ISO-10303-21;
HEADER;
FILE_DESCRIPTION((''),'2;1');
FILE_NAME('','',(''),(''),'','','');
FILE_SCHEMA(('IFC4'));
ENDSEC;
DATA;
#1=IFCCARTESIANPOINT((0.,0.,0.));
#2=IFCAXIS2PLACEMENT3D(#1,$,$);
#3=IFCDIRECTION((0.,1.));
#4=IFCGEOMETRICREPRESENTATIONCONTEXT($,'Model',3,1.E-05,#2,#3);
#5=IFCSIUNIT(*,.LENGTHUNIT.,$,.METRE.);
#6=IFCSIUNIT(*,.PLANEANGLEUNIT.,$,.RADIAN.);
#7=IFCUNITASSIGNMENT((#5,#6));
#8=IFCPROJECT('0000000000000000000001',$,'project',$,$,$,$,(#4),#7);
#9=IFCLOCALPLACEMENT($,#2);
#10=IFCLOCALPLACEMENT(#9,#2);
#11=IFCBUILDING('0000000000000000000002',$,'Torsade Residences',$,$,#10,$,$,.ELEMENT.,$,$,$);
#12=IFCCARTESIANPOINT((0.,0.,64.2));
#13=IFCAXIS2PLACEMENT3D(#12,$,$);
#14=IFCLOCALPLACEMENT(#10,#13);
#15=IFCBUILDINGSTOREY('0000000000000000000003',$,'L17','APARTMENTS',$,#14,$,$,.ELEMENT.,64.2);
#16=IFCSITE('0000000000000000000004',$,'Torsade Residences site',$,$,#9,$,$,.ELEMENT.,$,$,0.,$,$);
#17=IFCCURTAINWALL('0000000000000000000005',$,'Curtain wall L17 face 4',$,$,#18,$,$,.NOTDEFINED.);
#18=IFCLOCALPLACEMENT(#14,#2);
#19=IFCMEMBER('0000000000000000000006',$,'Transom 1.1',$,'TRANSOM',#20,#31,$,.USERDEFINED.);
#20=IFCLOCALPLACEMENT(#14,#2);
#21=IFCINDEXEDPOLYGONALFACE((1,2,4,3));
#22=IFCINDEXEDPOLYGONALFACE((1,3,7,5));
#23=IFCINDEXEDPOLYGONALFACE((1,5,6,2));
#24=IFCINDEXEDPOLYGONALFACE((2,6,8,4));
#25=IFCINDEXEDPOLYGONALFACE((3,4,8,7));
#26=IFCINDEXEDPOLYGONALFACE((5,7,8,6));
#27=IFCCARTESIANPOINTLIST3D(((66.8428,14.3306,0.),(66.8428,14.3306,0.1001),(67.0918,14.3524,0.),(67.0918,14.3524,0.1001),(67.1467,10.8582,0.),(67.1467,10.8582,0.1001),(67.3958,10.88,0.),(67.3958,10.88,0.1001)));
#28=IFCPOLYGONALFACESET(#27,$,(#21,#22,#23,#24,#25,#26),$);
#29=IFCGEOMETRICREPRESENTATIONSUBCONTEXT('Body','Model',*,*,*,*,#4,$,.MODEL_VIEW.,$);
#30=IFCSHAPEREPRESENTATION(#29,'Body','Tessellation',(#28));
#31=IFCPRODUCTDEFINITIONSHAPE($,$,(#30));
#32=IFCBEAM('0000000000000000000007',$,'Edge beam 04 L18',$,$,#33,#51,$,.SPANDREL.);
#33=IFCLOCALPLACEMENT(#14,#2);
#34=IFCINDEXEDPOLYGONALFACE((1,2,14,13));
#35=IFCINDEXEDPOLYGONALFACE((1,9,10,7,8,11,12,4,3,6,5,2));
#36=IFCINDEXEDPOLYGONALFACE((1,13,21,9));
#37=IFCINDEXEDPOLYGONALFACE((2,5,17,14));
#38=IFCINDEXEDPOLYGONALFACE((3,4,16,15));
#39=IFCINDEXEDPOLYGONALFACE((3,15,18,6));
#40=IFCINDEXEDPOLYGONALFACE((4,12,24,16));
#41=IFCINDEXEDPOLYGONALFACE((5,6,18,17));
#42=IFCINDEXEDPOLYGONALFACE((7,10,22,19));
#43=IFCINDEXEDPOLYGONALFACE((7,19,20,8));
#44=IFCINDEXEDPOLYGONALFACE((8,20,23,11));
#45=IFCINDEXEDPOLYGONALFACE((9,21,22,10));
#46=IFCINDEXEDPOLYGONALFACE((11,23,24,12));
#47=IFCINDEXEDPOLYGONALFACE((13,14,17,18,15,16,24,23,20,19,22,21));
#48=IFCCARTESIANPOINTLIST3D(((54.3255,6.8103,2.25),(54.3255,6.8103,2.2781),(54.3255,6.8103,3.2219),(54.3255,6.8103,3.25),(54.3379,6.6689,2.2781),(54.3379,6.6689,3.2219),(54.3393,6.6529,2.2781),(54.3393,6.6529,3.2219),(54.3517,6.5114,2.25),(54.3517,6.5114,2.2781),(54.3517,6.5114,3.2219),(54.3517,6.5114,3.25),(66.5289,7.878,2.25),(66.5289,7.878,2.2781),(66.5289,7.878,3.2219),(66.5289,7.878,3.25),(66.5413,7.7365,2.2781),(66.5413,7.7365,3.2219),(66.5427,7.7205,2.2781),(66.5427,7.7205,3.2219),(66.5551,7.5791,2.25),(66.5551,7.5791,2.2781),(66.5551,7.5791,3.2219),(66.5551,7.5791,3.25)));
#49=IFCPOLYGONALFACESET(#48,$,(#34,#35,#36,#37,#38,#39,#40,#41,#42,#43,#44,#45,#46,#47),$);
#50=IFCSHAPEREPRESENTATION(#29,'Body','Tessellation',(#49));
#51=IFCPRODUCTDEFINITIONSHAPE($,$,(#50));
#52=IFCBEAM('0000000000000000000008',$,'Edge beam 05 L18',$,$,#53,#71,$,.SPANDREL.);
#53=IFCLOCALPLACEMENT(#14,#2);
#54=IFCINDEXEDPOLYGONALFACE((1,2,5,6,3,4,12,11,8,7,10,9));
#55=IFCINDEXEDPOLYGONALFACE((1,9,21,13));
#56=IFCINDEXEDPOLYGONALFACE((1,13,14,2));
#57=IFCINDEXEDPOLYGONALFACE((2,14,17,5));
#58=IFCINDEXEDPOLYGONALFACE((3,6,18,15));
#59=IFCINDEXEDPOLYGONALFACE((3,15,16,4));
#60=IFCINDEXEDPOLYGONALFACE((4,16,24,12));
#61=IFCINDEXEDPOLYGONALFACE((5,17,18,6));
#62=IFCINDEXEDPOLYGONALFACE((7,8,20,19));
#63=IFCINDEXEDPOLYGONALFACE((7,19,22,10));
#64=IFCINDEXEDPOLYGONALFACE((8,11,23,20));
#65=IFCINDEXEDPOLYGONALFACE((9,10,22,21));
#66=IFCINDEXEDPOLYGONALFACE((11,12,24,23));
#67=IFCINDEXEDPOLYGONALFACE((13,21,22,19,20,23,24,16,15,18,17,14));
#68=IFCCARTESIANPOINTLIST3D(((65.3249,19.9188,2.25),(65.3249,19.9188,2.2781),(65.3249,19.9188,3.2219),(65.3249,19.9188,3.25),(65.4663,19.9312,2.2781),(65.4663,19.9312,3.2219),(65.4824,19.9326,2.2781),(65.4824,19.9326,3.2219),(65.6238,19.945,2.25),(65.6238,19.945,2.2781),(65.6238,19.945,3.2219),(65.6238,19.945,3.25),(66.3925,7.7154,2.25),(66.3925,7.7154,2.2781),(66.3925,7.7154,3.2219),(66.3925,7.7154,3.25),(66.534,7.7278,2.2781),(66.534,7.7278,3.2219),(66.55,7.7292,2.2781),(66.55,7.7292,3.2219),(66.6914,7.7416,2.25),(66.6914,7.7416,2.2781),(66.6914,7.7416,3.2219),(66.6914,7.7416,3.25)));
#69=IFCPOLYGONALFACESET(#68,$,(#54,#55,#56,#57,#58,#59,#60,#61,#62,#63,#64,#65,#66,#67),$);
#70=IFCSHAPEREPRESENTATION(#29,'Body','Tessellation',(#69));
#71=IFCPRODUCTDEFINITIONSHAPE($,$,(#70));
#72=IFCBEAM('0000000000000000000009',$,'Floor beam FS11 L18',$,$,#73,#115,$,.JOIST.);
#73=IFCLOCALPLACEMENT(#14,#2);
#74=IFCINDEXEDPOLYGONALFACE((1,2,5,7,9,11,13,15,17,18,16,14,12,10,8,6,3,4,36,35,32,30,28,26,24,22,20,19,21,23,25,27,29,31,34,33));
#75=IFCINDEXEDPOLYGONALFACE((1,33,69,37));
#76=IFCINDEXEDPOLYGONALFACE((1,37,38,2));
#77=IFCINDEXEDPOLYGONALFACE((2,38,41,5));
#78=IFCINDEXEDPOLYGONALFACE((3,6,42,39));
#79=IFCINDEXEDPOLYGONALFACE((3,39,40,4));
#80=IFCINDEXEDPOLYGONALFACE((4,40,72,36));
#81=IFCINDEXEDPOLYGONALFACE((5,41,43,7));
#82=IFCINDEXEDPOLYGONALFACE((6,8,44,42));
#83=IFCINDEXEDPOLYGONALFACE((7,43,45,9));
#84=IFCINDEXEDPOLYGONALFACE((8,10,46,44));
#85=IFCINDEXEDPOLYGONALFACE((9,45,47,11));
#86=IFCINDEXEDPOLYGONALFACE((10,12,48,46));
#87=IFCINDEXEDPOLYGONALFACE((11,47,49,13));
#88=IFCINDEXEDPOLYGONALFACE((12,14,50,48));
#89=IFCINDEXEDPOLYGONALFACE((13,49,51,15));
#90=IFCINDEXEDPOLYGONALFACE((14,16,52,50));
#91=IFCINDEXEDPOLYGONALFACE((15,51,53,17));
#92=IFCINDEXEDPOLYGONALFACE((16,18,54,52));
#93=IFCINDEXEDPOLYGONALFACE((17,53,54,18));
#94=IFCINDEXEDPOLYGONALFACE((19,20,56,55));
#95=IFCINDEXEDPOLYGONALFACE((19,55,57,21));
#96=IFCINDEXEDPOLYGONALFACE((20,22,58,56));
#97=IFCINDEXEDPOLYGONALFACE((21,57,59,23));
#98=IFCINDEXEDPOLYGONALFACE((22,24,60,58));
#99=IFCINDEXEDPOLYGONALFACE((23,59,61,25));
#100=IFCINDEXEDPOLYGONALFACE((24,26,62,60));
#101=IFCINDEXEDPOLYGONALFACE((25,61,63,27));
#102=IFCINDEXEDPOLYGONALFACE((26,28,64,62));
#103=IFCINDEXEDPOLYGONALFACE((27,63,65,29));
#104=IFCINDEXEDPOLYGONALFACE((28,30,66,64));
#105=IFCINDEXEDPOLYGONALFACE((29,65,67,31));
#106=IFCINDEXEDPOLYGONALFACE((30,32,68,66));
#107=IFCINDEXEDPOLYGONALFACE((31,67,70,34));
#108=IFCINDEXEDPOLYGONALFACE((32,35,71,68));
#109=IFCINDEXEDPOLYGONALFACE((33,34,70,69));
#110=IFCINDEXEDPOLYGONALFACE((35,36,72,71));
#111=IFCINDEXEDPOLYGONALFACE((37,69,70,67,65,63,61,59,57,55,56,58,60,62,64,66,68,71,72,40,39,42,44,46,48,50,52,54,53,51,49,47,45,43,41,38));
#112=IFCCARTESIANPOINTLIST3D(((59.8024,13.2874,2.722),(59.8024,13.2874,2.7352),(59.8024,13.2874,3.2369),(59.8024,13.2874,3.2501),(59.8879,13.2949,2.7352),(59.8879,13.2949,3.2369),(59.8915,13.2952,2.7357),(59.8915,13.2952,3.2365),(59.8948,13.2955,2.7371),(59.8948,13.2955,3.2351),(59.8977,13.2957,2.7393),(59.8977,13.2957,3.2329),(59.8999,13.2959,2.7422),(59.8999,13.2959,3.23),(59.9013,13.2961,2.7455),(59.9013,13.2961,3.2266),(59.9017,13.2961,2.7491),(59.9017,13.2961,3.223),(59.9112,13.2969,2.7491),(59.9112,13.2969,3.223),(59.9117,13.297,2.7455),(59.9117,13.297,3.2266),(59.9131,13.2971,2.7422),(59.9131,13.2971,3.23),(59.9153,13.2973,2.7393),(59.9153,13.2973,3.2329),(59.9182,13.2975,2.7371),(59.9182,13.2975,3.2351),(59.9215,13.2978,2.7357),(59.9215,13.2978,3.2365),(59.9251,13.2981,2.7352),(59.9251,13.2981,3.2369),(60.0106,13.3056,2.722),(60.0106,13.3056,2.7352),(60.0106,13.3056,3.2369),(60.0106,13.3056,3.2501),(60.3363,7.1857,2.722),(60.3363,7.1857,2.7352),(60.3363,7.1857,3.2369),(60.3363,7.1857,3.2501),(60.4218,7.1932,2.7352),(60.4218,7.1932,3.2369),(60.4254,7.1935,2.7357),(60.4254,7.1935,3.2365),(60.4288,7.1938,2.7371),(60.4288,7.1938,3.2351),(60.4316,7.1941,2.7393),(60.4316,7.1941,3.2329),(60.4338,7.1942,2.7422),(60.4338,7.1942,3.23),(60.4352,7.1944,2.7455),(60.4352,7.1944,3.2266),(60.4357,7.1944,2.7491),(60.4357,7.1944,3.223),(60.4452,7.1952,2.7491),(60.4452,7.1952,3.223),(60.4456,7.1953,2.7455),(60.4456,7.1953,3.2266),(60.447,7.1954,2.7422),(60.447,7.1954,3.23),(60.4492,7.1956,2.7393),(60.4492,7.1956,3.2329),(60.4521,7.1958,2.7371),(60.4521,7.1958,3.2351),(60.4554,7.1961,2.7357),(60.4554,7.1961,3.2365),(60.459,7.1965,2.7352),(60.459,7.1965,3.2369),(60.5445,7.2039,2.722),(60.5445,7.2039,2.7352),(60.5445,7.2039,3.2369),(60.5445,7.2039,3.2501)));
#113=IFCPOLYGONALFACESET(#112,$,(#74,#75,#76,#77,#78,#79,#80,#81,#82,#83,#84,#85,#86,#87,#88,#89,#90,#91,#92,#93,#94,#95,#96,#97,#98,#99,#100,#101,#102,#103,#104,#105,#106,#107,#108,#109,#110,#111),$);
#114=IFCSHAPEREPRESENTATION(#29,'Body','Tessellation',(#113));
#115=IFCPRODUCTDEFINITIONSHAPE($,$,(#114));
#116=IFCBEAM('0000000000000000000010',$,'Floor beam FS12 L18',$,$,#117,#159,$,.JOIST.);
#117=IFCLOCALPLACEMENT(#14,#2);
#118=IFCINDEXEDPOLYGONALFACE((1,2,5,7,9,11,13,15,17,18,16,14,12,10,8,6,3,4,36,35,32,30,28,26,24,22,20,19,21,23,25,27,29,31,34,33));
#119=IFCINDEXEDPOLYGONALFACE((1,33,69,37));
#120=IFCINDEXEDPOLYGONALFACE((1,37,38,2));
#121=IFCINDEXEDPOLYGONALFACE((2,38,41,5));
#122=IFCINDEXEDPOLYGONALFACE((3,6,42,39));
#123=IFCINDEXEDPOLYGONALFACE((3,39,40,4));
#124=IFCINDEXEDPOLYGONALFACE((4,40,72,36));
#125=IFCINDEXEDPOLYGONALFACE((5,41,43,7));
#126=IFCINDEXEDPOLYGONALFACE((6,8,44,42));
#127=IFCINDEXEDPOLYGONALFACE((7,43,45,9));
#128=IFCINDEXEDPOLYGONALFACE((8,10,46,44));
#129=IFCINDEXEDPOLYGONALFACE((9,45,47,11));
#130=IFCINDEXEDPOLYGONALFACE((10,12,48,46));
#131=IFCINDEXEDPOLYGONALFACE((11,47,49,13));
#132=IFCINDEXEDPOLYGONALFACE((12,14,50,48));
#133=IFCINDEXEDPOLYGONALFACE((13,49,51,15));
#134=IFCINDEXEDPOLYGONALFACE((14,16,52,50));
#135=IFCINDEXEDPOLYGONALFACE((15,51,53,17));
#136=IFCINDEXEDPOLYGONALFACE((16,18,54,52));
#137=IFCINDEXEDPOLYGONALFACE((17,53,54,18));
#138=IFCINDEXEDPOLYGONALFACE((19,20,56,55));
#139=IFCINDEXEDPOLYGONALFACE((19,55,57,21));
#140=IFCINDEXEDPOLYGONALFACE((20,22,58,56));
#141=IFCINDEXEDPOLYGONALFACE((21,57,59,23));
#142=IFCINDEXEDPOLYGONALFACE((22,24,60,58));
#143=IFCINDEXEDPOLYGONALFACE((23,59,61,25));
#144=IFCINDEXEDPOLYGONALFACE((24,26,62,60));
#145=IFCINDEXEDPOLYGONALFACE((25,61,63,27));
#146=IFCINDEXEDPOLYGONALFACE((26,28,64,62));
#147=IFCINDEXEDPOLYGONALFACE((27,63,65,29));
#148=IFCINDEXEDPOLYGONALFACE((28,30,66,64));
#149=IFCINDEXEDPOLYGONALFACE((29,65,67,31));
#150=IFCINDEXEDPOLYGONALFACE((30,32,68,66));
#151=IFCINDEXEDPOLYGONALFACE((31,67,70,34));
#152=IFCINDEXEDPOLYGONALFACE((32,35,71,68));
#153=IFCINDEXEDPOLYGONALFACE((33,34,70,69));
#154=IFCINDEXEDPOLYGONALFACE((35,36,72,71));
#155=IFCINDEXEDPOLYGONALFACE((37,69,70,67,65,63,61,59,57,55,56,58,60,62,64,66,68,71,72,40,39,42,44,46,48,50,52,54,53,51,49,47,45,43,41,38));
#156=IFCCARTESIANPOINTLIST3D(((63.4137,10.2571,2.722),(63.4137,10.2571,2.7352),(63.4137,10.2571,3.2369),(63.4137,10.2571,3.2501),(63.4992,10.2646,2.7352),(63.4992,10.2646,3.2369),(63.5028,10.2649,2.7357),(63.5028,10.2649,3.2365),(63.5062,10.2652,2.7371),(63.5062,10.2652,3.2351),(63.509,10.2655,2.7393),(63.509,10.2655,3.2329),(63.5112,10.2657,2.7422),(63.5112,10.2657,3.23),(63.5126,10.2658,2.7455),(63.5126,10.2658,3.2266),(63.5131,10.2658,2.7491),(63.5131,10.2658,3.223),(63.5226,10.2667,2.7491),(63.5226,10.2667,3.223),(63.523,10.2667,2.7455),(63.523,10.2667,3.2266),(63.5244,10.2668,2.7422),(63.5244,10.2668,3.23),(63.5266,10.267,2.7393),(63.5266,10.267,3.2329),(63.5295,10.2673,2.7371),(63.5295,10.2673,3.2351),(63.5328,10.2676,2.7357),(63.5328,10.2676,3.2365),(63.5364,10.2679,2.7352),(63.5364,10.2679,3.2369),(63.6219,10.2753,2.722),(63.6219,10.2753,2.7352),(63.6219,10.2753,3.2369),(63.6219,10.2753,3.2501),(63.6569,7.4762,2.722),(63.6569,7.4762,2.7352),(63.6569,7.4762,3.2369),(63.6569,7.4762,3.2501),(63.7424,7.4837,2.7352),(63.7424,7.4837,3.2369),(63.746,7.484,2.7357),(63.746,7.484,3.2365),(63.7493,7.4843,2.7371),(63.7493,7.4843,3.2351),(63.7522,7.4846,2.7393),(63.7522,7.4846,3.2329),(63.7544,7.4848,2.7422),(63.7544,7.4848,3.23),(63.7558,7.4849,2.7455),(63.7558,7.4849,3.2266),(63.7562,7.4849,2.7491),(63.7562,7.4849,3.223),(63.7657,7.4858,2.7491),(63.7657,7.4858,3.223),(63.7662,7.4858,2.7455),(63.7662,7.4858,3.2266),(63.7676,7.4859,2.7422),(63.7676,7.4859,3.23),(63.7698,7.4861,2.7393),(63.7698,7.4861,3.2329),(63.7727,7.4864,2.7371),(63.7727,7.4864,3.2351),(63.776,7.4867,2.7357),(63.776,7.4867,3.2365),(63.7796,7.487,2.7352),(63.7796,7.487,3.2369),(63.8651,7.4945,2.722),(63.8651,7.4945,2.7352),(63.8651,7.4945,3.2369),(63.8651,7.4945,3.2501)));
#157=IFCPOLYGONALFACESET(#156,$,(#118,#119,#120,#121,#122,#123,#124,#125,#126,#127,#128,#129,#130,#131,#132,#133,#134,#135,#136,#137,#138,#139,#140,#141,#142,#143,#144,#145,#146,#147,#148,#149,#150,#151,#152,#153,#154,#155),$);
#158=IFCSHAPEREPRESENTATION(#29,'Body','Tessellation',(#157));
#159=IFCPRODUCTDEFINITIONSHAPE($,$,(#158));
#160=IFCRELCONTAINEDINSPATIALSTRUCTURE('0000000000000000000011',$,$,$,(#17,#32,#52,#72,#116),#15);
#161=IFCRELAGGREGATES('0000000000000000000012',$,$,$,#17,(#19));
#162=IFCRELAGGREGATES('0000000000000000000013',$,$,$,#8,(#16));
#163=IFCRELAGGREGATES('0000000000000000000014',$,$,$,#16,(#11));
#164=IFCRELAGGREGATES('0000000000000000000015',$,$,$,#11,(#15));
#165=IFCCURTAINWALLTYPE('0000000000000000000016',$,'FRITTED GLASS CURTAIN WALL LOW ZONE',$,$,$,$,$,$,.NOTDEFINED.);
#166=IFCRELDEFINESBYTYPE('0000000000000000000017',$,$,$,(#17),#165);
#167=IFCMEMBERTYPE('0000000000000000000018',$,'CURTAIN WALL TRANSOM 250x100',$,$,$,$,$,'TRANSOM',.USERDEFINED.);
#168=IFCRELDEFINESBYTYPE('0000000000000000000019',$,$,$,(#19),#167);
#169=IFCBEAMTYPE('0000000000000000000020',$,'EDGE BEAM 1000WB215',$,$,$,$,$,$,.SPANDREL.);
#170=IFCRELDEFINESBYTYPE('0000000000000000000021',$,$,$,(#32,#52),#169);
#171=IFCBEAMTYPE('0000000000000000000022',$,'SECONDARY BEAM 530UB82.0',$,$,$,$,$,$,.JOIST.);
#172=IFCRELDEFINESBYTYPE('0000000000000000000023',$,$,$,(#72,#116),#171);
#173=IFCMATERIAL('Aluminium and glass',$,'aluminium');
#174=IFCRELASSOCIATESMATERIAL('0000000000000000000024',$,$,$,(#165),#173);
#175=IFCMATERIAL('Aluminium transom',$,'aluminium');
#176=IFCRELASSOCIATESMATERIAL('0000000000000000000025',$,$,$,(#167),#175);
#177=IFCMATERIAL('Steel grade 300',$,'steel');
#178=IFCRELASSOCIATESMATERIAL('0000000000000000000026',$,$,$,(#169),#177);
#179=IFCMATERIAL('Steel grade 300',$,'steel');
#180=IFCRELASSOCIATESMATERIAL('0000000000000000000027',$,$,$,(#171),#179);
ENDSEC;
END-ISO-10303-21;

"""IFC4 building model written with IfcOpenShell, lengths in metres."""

from ifc_helpers import new_model, si_unit, direction, frame, origin, origin_2d, place, context, subcontext, project, spatial, rectangle, i_section, extrude, material, material_profile, profile_set, type_object, element, aggregate, save


model = new_model("IFC4")

# Units and contexts
model_context = context("Model", 3, precision=1e-05, world=origin(), true_north=direction((0.0, 1.0)))
body_context = subcontext(model_context, "Body", "Model", "MODEL_VIEW")
ifc_project = project(units=[si_unit("LENGTHUNIT", "METRE"), si_unit("PLANEANGLEUNIT", "RADIAN")], contexts=[model_context])

# Site, building, storey
site_placement = place(None, origin())
site = spatial("IfcSite", under=ifc_project, at=site_placement, Name="Torsade Residences site", CompositionType="ELEMENT", RefElevation=0.0)
building_placement = place(site_placement, origin())
building = spatial("IfcBuilding", under=site, at=building_placement, Name="Torsade Residences", CompositionType="ELEMENT")
storey_placement = place(building_placement, frame((0.0, 0.0, 64.2)))
storey = spatial("IfcBuildingStorey", under=building, at=storey_placement, Name="L17", Description="APARTMENTS", CompositionType="ELEMENT", Elevation=64.2)

# Shared definitions
ifc_material_1 = material(Name="Aluminium and glass", Category="aluminium")
curtain_wall_type = type_object("IfcCurtainWallType", Name="FRITTED GLASS CURTAIN WALL LOW ZONE", PredefinedType="NOTDEFINED", material=ifc_material_1)

# Curtain wall
curtain_wall_1_placement = place(storey_placement, origin())
curtain_wall_1 = element("IfcCurtainWall", 1, at=curtain_wall_1_placement, inside=storey, type_object=curtain_wall_type, Name="Curtain wall L17 face 4", PredefinedType="NOTDEFINED")

# Member
ifc_material_2 = material(Name="Aluminium transom", Category="aluminium")
ifc_material_profile_1 = material_profile(ifc_material_2, rectangle(XDim=0.25, YDim=0.1001, at=origin_2d()), Name="CURTAIN WALL TRANSOM 250x100")
ifc_profile_set_1 = profile_set([ifc_material_profile_1], Name="Aluminium transom")
member_type_1 = type_object("IfcMemberType", Name="CURTAIN WALL TRANSOM 250x100", ElementType="TRANSOM", PredefinedType="USERDEFINED", material=ifc_profile_set_1)
member_1_placement = place(storey_placement, frame((67.2712, 10.8691, 0.05), z_axis=(-0.087201, 0.996191, 0.0), x_axis=(-0.996191, -0.087201, 0.0)))
member_1 = element("IfcMember", 2, at=member_1_placement, type_object=member_type_1, Name="Transom 1.1", ObjectType="TRANSOM", PredefinedType="USERDEFINED", context=body_context, shape_type="SweptSolid", body=[
    extrude(rectangle(XDim=0.25, YDim=0.1001, at=origin_2d()), origin(), (0.0, 0.0, 1.0), 3.4856),
])

# Beams
ifc_material_3 = material(Name="Steel grade 300", Category="steel")
ifc_material_profile_2 = material_profile(ifc_material_3, i_section(OverallWidth=0.3, OverallDepth=1.0, WebThickness=0.0161, FlangeThickness=0.0281, at=origin_2d()), Name="1000WB215")
ifc_profile_set_2 = profile_set([ifc_material_profile_2], Name="Steel grade 300")
beam_type_1 = type_object("IfcBeamType", Name="EDGE BEAM 1000WB215", PredefinedType="SPANDREL", material=ifc_profile_set_2)
for number, where, z_axis, x_axis, name in (
    (3, (54.3386, 6.6609, 2.75), (0.996195, 0.087153, 0.0), (-0.087153, 0.996195, 0.0), "Edge beam 04 L18"),
    (4, (66.542, 7.7285, 2.75), (-0.087153, 0.996195, 0.0), (-0.996195, -0.087153, 0.0), "Edge beam 05 L18"),
):
    element("IfcBeam", number, at=place(storey_placement, frame(where, z_axis=z_axis, x_axis=x_axis)), inside=storey, type_object=beam_type_1, Name=name, PredefinedType="SPANDREL", context=body_context, shape_type="SweptSolid", body=[
        extrude(i_section(OverallWidth=0.3, OverallDepth=1.0, WebThickness=0.0161, FlangeThickness=0.0281, at=origin_2d()), origin(), (0.0, 0.0, 1.0), 12.25),
    ])
ifc_material_4 = material(Name="Steel grade 300", Category="steel")
ifc_material_profile_3 = material_profile(ifc_material_4, i_section(OverallWidth=0.209, OverallDepth=0.5281, WebThickness=0.0095, FlangeThickness=0.0132, FilletRadius=0.0139, at=origin_2d()), Name="530UB82.0")
ifc_profile_set_3 = profile_set([ifc_material_profile_3], Name="Steel grade 300")
beam_type_2 = type_object("IfcBeamType", Name="SECONDARY BEAM 530UB82.0", PredefinedType="JOIST", material=ifc_profile_set_3)
beam_1_placement = place(storey_placement, frame((60.4404, 7.1948, 2.9861), z_axis=(-0.087175, 0.996193, 0.0), x_axis=(-0.996193, -0.087175, 0.0)))
element("IfcBeam", 5, at=beam_1_placement, inside=storey, type_object=beam_type_2, Name="Floor beam FS11 L18", PredefinedType="JOIST", context=body_context, shape_type="SweptSolid", body=[
    extrude(i_section(OverallWidth=0.209, OverallDepth=0.5281, WebThickness=0.0095, FlangeThickness=0.0132, FilletRadius=0.0139, at=origin_2d()), origin(), (0.0, 0.0, 1.0), 6.125),
])
for number, where, z_axis, x_axis, name in (
    (6, (63.761, 7.4854, 2.9861), (-0.087105, 0.996199, 0.0), (-0.996199, -0.087105, 0.0), "Floor beam FS12 L18"),
):
    element("IfcBeam", number, at=place(storey_placement, frame(where, z_axis=z_axis, x_axis=x_axis)), inside=storey, type_object=beam_type_2, Name=name, PredefinedType="JOIST", context=body_context, shape_type="SweptSolid", body=[
        extrude(i_section(OverallWidth=0.209, OverallDepth=0.5281, WebThickness=0.0095, FlangeThickness=0.0132, FilletRadius=0.0139, at=origin_2d()), origin(), (0.0, 0.0, 1.0), 2.7915),
    ])

aggregate(curtain_wall_1, [member_1])

save(model, "model.ifc")
